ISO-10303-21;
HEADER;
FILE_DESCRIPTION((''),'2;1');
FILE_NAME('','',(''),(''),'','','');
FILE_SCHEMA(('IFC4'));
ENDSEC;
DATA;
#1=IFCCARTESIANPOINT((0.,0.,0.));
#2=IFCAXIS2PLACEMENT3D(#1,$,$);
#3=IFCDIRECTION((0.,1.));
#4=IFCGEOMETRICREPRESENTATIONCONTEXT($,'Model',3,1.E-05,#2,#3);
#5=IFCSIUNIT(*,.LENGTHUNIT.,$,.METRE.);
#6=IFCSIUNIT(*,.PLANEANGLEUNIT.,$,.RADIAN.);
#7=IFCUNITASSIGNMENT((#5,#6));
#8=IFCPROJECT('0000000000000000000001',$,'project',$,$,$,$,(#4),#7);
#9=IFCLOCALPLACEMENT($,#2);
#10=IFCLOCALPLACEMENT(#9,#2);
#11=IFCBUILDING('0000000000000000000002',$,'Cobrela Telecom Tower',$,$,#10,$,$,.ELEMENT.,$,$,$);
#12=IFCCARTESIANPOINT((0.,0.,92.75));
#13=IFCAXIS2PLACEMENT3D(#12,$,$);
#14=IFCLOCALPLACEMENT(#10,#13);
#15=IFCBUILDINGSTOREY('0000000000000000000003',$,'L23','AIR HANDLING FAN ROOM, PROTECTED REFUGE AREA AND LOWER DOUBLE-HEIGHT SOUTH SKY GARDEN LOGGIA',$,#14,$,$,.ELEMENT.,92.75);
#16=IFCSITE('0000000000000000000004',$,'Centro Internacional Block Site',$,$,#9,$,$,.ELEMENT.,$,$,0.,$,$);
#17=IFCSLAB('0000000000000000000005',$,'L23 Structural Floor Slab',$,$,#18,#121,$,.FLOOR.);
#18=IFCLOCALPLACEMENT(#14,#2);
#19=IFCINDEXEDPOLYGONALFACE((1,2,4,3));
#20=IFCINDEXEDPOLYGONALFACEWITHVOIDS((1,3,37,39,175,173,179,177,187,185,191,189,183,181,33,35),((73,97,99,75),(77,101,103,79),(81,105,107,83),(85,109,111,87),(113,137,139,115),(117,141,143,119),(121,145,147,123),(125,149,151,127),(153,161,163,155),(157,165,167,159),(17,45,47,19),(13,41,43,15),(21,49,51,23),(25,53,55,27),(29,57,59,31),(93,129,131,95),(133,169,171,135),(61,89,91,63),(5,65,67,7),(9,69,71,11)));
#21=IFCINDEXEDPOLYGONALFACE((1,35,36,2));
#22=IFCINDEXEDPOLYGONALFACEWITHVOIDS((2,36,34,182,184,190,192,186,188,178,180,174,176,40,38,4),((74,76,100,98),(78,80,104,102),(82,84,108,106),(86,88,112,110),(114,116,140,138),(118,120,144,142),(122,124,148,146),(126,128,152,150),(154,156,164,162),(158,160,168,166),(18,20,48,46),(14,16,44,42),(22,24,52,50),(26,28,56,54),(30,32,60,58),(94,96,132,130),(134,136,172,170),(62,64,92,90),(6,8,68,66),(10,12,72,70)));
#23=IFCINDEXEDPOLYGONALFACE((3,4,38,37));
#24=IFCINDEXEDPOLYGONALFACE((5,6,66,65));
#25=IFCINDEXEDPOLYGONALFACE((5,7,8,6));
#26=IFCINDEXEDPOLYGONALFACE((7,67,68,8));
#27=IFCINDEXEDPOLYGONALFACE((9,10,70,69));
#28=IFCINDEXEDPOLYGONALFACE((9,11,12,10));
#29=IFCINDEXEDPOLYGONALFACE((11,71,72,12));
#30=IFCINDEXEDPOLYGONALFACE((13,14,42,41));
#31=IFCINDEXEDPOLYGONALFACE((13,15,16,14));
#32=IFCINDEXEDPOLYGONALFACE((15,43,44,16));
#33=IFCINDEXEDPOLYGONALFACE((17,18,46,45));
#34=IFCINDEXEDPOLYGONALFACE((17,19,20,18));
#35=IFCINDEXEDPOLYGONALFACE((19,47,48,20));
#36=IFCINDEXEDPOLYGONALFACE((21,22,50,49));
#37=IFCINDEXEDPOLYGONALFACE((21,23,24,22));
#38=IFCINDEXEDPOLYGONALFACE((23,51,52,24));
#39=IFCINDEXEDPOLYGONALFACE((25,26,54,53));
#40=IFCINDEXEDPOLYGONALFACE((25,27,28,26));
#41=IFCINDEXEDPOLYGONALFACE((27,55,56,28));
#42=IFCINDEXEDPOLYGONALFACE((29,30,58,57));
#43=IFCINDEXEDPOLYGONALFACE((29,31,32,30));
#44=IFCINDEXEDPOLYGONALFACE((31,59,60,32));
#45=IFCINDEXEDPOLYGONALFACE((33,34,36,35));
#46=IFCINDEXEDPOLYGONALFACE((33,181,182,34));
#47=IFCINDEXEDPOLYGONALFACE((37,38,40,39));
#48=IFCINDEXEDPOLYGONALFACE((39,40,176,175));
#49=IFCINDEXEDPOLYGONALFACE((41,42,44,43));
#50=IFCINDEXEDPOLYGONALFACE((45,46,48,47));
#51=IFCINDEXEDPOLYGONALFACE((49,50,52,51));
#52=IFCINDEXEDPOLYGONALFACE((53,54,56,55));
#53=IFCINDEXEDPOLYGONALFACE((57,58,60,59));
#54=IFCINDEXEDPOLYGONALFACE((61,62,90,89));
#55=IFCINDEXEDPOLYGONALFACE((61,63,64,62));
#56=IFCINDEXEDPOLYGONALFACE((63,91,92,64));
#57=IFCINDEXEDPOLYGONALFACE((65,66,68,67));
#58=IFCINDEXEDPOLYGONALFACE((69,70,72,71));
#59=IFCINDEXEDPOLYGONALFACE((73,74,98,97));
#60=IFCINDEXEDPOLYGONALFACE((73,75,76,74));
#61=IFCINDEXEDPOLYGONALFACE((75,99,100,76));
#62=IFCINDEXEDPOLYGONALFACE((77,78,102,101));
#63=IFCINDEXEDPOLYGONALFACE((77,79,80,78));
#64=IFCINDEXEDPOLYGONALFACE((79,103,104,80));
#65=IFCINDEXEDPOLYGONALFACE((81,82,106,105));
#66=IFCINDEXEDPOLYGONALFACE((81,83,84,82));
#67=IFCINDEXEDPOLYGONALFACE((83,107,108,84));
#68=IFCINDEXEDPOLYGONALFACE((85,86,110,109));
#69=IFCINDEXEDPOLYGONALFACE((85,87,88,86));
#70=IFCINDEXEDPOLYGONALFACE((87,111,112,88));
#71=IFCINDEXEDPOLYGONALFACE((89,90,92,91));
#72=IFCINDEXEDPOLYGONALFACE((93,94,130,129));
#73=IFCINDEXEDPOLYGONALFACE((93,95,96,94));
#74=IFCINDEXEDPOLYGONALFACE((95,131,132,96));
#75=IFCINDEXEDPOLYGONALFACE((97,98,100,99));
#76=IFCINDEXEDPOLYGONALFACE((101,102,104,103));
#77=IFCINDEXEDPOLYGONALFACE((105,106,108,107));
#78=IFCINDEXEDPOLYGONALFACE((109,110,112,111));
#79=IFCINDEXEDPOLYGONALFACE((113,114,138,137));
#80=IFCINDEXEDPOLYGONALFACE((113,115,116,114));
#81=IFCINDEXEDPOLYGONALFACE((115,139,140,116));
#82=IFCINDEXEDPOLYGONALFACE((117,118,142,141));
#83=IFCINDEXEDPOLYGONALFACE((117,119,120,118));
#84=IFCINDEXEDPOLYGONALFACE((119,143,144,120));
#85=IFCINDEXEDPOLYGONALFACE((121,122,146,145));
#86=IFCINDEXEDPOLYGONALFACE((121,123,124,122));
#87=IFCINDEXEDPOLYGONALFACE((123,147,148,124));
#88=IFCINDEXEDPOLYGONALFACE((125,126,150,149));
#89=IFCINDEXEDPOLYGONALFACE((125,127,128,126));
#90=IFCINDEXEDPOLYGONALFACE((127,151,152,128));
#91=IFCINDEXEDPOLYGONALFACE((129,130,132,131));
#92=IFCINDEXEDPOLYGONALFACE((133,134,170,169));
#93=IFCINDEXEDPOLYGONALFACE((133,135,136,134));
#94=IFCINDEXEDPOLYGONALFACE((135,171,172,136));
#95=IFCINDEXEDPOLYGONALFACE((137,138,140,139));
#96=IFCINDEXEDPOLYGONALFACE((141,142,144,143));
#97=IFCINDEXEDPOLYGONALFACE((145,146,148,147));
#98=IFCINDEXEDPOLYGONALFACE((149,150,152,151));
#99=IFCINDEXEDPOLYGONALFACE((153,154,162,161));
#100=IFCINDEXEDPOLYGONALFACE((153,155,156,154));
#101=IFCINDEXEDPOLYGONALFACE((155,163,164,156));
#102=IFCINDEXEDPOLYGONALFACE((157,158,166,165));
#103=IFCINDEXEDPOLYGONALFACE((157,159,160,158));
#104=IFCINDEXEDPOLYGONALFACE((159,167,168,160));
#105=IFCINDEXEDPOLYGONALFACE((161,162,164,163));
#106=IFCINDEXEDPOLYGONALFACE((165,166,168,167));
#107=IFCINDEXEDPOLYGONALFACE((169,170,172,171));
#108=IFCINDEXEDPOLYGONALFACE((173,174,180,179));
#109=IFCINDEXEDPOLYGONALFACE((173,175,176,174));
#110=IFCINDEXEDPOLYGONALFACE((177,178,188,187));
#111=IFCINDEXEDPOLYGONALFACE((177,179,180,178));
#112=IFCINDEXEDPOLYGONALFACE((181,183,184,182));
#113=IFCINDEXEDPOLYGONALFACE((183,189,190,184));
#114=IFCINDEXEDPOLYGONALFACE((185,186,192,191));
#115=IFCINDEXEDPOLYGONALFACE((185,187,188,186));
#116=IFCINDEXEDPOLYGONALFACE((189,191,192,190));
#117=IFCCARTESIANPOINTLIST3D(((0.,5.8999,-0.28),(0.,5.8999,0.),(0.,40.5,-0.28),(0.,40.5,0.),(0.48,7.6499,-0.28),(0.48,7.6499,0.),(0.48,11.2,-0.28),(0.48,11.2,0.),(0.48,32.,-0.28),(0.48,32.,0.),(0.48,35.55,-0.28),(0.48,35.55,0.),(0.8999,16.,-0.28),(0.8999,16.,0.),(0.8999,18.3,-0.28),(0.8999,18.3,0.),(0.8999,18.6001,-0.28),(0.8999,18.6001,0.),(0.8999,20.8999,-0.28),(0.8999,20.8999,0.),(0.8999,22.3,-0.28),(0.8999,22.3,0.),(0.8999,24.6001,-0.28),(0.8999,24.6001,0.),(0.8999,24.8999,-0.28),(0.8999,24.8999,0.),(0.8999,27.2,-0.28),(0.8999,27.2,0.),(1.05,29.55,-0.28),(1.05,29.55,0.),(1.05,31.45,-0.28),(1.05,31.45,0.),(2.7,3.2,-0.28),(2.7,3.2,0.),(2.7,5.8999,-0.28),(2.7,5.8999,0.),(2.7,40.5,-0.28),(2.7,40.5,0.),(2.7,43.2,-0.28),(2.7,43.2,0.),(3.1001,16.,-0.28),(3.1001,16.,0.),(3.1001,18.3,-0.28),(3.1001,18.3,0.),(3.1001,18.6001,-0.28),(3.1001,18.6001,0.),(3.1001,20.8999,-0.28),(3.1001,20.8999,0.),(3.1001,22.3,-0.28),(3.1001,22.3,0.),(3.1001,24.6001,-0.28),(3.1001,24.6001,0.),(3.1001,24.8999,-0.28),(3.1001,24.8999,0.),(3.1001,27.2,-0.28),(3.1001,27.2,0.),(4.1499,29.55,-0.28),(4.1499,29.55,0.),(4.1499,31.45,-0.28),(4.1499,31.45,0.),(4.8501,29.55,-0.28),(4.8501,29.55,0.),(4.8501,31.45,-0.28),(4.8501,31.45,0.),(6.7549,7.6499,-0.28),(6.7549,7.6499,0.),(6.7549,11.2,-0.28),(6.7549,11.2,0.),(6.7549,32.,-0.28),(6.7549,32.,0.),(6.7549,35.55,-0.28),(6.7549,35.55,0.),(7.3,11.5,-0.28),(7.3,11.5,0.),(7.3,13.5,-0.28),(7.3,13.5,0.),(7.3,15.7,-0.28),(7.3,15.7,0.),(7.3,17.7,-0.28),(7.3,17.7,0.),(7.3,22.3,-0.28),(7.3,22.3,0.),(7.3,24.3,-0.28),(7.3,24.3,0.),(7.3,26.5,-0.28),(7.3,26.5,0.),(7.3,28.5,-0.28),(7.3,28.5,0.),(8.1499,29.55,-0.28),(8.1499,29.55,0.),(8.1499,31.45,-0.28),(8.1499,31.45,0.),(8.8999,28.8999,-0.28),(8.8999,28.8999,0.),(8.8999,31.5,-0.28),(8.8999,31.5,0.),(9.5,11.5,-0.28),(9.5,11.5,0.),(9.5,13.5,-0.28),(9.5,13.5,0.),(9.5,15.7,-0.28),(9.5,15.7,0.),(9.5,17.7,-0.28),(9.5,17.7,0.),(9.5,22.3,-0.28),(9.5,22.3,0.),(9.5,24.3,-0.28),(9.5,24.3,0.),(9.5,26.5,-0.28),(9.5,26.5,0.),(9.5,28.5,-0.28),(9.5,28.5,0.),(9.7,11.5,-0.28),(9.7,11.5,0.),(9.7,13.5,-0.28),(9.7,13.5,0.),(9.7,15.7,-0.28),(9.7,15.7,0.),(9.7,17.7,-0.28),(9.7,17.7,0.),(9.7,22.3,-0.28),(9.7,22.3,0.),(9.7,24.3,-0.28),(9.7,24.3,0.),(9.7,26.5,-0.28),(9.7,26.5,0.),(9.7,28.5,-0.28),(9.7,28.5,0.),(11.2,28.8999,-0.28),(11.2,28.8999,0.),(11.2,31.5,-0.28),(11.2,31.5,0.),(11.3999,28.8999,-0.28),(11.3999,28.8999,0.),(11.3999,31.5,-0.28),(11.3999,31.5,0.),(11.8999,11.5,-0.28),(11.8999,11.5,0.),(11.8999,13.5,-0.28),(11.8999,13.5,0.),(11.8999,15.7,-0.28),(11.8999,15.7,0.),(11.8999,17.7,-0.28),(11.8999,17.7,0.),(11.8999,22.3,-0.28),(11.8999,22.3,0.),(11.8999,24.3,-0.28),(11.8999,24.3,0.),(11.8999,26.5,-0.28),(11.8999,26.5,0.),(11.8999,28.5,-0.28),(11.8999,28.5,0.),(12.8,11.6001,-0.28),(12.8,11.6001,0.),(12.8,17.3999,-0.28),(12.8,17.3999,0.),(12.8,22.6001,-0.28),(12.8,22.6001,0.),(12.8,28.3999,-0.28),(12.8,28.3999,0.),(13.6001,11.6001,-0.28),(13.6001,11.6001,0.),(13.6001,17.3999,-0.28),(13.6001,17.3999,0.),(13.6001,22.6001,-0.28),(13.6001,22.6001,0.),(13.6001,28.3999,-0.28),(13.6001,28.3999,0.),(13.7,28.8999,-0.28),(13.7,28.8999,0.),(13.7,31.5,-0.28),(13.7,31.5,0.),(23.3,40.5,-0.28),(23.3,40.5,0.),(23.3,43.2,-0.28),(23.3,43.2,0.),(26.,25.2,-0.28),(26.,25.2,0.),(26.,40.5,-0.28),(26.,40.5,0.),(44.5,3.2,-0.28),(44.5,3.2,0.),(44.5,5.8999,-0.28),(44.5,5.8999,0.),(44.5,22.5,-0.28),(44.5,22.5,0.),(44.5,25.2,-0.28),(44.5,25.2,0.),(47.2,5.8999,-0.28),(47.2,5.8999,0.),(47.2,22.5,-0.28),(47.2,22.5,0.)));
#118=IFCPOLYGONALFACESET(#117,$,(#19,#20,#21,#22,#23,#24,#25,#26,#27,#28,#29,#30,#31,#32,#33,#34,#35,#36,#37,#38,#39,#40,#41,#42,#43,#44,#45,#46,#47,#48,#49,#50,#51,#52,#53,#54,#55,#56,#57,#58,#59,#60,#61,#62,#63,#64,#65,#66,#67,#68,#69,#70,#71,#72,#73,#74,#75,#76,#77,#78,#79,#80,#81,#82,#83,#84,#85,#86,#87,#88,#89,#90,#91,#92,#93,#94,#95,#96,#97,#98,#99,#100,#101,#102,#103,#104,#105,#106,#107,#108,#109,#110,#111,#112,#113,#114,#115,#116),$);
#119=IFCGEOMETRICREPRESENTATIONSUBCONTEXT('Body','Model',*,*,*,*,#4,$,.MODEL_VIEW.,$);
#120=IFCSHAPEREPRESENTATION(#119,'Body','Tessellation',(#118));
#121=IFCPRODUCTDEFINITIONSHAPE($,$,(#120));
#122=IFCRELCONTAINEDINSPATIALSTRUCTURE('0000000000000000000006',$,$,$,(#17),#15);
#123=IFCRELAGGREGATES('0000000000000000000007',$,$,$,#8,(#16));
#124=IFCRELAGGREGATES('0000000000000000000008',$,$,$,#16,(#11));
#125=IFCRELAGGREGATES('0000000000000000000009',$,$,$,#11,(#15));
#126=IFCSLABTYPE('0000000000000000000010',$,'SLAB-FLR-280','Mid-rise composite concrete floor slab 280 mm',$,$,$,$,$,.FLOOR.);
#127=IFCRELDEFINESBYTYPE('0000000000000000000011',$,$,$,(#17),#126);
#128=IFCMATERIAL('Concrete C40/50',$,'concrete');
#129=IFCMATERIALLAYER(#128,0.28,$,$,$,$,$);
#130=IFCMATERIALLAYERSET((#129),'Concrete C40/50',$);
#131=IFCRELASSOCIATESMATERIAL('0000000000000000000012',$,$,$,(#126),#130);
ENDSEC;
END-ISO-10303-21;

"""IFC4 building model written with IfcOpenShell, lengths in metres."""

from ifc_helpers import new_model, si_unit, direction, frame, origin, place, context, subcontext, project, spatial, polyline, outline, extrude, material, layer, layer_set, type_object, element, save


model = new_model("IFC4")

# Units and contexts
model_context = context("Model", 3, precision=1e-05, world=origin(), true_north=direction((0.0, 1.0)))
body_context = subcontext(model_context, "Body", "Model", "MODEL_VIEW")
ifc_project = project(units=[si_unit("LENGTHUNIT", "METRE"), si_unit("PLANEANGLEUNIT", "RADIAN")], contexts=[model_context])

# Site, building, storey
site_placement = place(None, origin())
site = spatial("IfcSite", under=ifc_project, at=site_placement, Name="Centro Internacional Block Site", CompositionType="ELEMENT", RefElevation=0.0)
building_placement = place(site_placement, origin())
building = spatial("IfcBuilding", under=site, at=building_placement, Name="Cobrela Telecom Tower", CompositionType="ELEMENT")
storey_placement = place(building_placement, frame((0.0, 0.0, 92.75)))
storey = spatial("IfcBuildingStorey", under=building, at=storey_placement, Name="L23", Description="AIR HANDLING FAN ROOM, PROTECTED REFUGE AREA AND LOWER DOUBLE-HEIGHT SOUTH SKY GARDEN LOGGIA", CompositionType="ELEMENT", Elevation=92.75)

# Slab, openings
ifc_material_1 = material(Name="Concrete C40/50", Category="concrete")
ifc_layer_1 = layer(ifc_material_1, 0.28)
ifc_layer_set_1 = layer_set([ifc_layer_1], Name="Concrete C40/50")
slab_type_1 = type_object("IfcSlabType", Name="SLAB-FLR-280", Description="Mid-rise composite concrete floor slab 280 mm", PredefinedType="FLOOR", material=ifc_layer_set_1)
slab_1_placement = place(storey_placement, frame((0.0, 0.0, -0.28)))
slab_1 = element("IfcSlab", 1, at=slab_1_placement, inside=storey, type_object=slab_type_1, Name="L23 Structural Floor Slab", PredefinedType="FLOOR", context=body_context, shape_type="SweptSolid", body=[
    extrude(outline(polyline([(2.7, 3.2), (44.5, 3.2), (44.5, 5.8999), (47.2, 5.8999), (47.2, 22.5), (44.5, 22.5), (44.5, 25.2), (26.0, 25.2), (26.0, 40.5), (23.3, 40.5), (23.3, 43.2), (2.7, 43.2), (2.7, 40.5), (0.0, 40.5), (0.0, 5.8999), (2.7, 5.8999), (2.7, 3.2)])), origin(), (0.0, 0.0, 1.0), 0.28),
])
opening_1_placement = place(slab_1_placement, frame((0.0, 0.0, -0.02)))
element("IfcOpeningElement", 2, at=opening_1_placement, cuts=slab_1, PredefinedType="OPENING", context=body_context, shape_type="SweptSolid", body=[
    extrude(outline(polyline([(8.8999, 28.8999), (11.2, 28.8999), (11.2, 31.5), (8.8999, 31.5), (8.8999, 28.8999)])), origin(), (0.0, 0.0, 1.0), 0.3201),
])
opening_2_placement = place(slab_1_placement, frame((0.0, 0.0, -0.02)))
element("IfcOpeningElement", 3, at=opening_2_placement, cuts=slab_1, PredefinedType="OPENING", context=body_context, shape_type="SweptSolid", body=[
    extrude(outline(polyline([(11.3999, 28.8999), (13.7, 28.8999), (13.7, 31.5), (11.3999, 31.5), (11.3999, 28.8999)])), origin(), (0.0, 0.0, 1.0), 0.3201),
])
opening_3_placement = place(slab_1_placement, frame((0.0, 0.0, -0.02)))
element("IfcOpeningElement", 4, at=opening_3_placement, cuts=slab_1, PredefinedType="OPENING", context=body_context, shape_type="SweptSolid", body=[
    extrude(outline(polyline([(7.3, 22.3), (9.5, 22.3), (9.5, 24.3), (7.3, 24.3), (7.3, 22.3)])), origin(), (0.0, 0.0, 1.0), 0.3201),
])
opening_4_placement = place(slab_1_placement, frame((0.0, 0.0, -0.02)))
element("IfcOpeningElement", 5, at=opening_4_placement, cuts=slab_1, PredefinedType="OPENING", context=body_context, shape_type="SweptSolid", body=[
    extrude(outline(polyline([(9.7, 22.3), (11.8999, 22.3), (11.8999, 24.3), (9.7, 24.3), (9.7, 22.3)])), origin(), (0.0, 0.0, 1.0), 0.3201),
])
opening_5_placement = place(slab_1_placement, frame((0.0, 0.0, -0.02)))
element("IfcOpeningElement", 6, at=opening_5_placement, cuts=slab_1, PredefinedType="OPENING", context=body_context, shape_type="SweptSolid", body=[
    extrude(outline(polyline([(7.3, 26.5), (9.5, 26.5), (9.5, 28.5), (7.3, 28.5), (7.3, 26.5)])), origin(), (0.0, 0.0, 1.0), 0.3201),
])
opening_6_placement = place(slab_1_placement, frame((0.0, 0.0, -0.02)))
element("IfcOpeningElement", 7, at=opening_6_placement, cuts=slab_1, PredefinedType="OPENING", context=body_context, shape_type="SweptSolid", body=[
    extrude(outline(polyline([(9.7, 26.5), (11.8999, 26.5), (11.8999, 28.5), (9.7, 28.5), (9.7, 26.5)])), origin(), (0.0, 0.0, 1.0), 0.3201),
])
opening_7_placement = place(slab_1_placement, frame((0.0, 0.0, -0.02)))
element("IfcOpeningElement", 8, at=opening_7_placement, cuts=slab_1, PredefinedType="OPENING", context=body_context, shape_type="SweptSolid", body=[
    extrude(outline(polyline([(7.3, 15.7), (9.5, 15.7), (9.5, 17.7), (7.3, 17.7), (7.3, 15.7)])), origin(), (0.0, 0.0, 1.0), 0.3201),
])
opening_8_placement = place(slab_1_placement, frame((0.0, 0.0, -0.02)))
element("IfcOpeningElement", 9, at=opening_8_placement, cuts=slab_1, PredefinedType="OPENING", context=body_context, shape_type="SweptSolid", body=[
    extrude(outline(polyline([(9.7, 15.7), (11.8999, 15.7), (11.8999, 17.7), (9.7, 17.7), (9.7, 15.7)])), origin(), (0.0, 0.0, 1.0), 0.3201),
])
opening_9_placement = place(slab_1_placement, frame((0.0, 0.0, -0.02)))
element("IfcOpeningElement", 10, at=opening_9_placement, cuts=slab_1, PredefinedType="OPENING", context=body_context, shape_type="SweptSolid", body=[
    extrude(outline(polyline([(7.3, 11.5), (9.5, 11.5), (9.5, 13.5), (7.3, 13.5), (7.3, 11.5)])), origin(), (0.0, 0.0, 1.0), 0.3201),
])
opening_10_placement = place(slab_1_placement, frame((0.0, 0.0, -0.02)))
element("IfcOpeningElement", 11, at=opening_10_placement, cuts=slab_1, PredefinedType="OPENING", context=body_context, shape_type="SweptSolid", body=[
    extrude(outline(polyline([(9.7, 11.5), (11.8999, 11.5), (11.8999, 13.5), (9.7, 13.5), (9.7, 11.5)])), origin(), (0.0, 0.0, 1.0), 0.3201),
])
opening_11_placement = place(slab_1_placement, frame((0.0, 0.0, -0.02)))
element("IfcOpeningElement", 12, at=opening_11_placement, cuts=slab_1, PredefinedType="OPENING", context=body_context, shape_type="SweptSolid", body=[
    extrude(outline(polyline([(0.8999, 16.0), (3.1001, 16.0), (3.1001, 18.3), (0.8999, 18.3), (0.8999, 16.0)])), origin(), (0.0, 0.0, 1.0), 0.3201),
])
opening_12_placement = place(slab_1_placement, frame((0.0, 0.0, -0.02)))
element("IfcOpeningElement", 13, at=opening_12_placement, cuts=slab_1, PredefinedType="OPENING", context=body_context, shape_type="SweptSolid", body=[
    extrude(outline(polyline([(0.8999, 18.6001), (3.1001, 18.6001), (3.1001, 20.8999), (0.8999, 20.8999), (0.8999, 18.6001)])), origin(), (0.0, 0.0, 1.0), 0.3201),
])
opening_13_placement = place(slab_1_placement, frame((0.0, 0.0, -0.02)))
element("IfcOpeningElement", 14, at=opening_13_placement, cuts=slab_1, PredefinedType="OPENING", context=body_context, shape_type="SweptSolid", body=[
    extrude(outline(polyline([(0.8999, 22.3), (3.1001, 22.3), (3.1001, 24.6001), (0.8999, 24.6001), (0.8999, 22.3)])), origin(), (0.0, 0.0, 1.0), 0.3201),
])
opening_14_placement = place(slab_1_placement, frame((0.0, 0.0, -0.02)))
element("IfcOpeningElement", 15, at=opening_14_placement, cuts=slab_1, PredefinedType="OPENING", context=body_context, shape_type="SweptSolid", body=[
    extrude(outline(polyline([(0.8999, 24.8999), (3.1001, 24.8999), (3.1001, 27.2), (0.8999, 27.2), (0.8999, 24.8999)])), origin(), (0.0, 0.0, 1.0), 0.3201),
])
opening_15_placement = place(slab_1_placement, frame((0.0, 0.0, -0.02)))
element("IfcOpeningElement", 16, at=opening_15_placement, cuts=slab_1, PredefinedType="OPENING", context=body_context, shape_type="SweptSolid", body=[
    extrude(outline(polyline([(1.05, 29.55), (4.1499, 29.55), (4.1499, 31.45), (1.05, 31.45), (1.05, 29.55)])), origin(), (0.0, 0.0, 1.0), 0.3201),
])
opening_16_placement = place(slab_1_placement, frame((0.0, 0.0, -0.02)))
element("IfcOpeningElement", 17, at=opening_16_placement, cuts=slab_1, PredefinedType="OPENING", context=body_context, shape_type="SweptSolid", body=[
    extrude(outline(polyline([(4.8501, 29.55), (8.1499, 29.55), (8.1499, 31.45), (4.8501, 31.45), (4.8501, 29.55)])), origin(), (0.0, 0.0, 1.0), 0.3201),
])
opening_17_placement = place(slab_1_placement, frame((0.0, 0.0, -0.02)))
element("IfcOpeningElement", 18, at=opening_17_placement, cuts=slab_1, PredefinedType="OPENING", context=body_context, shape_type="SweptSolid", body=[
    extrude(outline(polyline([(12.8, 22.6001), (13.6001, 22.6001), (13.6001, 28.3999), (12.8, 28.3999), (12.8, 22.6001)])), origin(), (0.0, 0.0, 1.0), 0.3201),
])
opening_18_placement = place(slab_1_placement, frame((0.0, 0.0, -0.02)))
element("IfcOpeningElement", 19, at=opening_18_placement, cuts=slab_1, PredefinedType="OPENING", context=body_context, shape_type="SweptSolid", body=[
    extrude(outline(polyline([(12.8, 11.6001), (13.6001, 11.6001), (13.6001, 17.3999), (12.8, 17.3999), (12.8, 11.6001)])), origin(), (0.0, 0.0, 1.0), 0.3201),
])
opening_19_placement = place(slab_1_placement, frame((0.0, 0.0, -0.02)))
element("IfcOpeningElement", 20, at=opening_19_placement, cuts=slab_1, PredefinedType="OPENING", context=body_context, shape_type="SweptSolid", body=[
    extrude(outline(polyline([(6.7549, 35.55), (0.48, 35.55), (0.48, 32.0), (6.7549, 32.0), (6.7549, 35.55)])), origin(), (0.0, 0.0, 1.0), 0.3201),
])
opening_20_placement = place(slab_1_placement, frame((0.0, 0.0, -0.02)))
element("IfcOpeningElement", 21, at=opening_20_placement, cuts=slab_1, PredefinedType="OPENING", context=body_context, shape_type="SweptSolid", body=[
    extrude(outline(polyline([(6.7549, 11.2), (0.48, 11.2), (0.48, 7.6499), (6.7549, 7.6499), (6.7549, 11.2)])), origin(), (0.0, 0.0, 1.0), 0.3201),
])

save(model, "model.ifc")
